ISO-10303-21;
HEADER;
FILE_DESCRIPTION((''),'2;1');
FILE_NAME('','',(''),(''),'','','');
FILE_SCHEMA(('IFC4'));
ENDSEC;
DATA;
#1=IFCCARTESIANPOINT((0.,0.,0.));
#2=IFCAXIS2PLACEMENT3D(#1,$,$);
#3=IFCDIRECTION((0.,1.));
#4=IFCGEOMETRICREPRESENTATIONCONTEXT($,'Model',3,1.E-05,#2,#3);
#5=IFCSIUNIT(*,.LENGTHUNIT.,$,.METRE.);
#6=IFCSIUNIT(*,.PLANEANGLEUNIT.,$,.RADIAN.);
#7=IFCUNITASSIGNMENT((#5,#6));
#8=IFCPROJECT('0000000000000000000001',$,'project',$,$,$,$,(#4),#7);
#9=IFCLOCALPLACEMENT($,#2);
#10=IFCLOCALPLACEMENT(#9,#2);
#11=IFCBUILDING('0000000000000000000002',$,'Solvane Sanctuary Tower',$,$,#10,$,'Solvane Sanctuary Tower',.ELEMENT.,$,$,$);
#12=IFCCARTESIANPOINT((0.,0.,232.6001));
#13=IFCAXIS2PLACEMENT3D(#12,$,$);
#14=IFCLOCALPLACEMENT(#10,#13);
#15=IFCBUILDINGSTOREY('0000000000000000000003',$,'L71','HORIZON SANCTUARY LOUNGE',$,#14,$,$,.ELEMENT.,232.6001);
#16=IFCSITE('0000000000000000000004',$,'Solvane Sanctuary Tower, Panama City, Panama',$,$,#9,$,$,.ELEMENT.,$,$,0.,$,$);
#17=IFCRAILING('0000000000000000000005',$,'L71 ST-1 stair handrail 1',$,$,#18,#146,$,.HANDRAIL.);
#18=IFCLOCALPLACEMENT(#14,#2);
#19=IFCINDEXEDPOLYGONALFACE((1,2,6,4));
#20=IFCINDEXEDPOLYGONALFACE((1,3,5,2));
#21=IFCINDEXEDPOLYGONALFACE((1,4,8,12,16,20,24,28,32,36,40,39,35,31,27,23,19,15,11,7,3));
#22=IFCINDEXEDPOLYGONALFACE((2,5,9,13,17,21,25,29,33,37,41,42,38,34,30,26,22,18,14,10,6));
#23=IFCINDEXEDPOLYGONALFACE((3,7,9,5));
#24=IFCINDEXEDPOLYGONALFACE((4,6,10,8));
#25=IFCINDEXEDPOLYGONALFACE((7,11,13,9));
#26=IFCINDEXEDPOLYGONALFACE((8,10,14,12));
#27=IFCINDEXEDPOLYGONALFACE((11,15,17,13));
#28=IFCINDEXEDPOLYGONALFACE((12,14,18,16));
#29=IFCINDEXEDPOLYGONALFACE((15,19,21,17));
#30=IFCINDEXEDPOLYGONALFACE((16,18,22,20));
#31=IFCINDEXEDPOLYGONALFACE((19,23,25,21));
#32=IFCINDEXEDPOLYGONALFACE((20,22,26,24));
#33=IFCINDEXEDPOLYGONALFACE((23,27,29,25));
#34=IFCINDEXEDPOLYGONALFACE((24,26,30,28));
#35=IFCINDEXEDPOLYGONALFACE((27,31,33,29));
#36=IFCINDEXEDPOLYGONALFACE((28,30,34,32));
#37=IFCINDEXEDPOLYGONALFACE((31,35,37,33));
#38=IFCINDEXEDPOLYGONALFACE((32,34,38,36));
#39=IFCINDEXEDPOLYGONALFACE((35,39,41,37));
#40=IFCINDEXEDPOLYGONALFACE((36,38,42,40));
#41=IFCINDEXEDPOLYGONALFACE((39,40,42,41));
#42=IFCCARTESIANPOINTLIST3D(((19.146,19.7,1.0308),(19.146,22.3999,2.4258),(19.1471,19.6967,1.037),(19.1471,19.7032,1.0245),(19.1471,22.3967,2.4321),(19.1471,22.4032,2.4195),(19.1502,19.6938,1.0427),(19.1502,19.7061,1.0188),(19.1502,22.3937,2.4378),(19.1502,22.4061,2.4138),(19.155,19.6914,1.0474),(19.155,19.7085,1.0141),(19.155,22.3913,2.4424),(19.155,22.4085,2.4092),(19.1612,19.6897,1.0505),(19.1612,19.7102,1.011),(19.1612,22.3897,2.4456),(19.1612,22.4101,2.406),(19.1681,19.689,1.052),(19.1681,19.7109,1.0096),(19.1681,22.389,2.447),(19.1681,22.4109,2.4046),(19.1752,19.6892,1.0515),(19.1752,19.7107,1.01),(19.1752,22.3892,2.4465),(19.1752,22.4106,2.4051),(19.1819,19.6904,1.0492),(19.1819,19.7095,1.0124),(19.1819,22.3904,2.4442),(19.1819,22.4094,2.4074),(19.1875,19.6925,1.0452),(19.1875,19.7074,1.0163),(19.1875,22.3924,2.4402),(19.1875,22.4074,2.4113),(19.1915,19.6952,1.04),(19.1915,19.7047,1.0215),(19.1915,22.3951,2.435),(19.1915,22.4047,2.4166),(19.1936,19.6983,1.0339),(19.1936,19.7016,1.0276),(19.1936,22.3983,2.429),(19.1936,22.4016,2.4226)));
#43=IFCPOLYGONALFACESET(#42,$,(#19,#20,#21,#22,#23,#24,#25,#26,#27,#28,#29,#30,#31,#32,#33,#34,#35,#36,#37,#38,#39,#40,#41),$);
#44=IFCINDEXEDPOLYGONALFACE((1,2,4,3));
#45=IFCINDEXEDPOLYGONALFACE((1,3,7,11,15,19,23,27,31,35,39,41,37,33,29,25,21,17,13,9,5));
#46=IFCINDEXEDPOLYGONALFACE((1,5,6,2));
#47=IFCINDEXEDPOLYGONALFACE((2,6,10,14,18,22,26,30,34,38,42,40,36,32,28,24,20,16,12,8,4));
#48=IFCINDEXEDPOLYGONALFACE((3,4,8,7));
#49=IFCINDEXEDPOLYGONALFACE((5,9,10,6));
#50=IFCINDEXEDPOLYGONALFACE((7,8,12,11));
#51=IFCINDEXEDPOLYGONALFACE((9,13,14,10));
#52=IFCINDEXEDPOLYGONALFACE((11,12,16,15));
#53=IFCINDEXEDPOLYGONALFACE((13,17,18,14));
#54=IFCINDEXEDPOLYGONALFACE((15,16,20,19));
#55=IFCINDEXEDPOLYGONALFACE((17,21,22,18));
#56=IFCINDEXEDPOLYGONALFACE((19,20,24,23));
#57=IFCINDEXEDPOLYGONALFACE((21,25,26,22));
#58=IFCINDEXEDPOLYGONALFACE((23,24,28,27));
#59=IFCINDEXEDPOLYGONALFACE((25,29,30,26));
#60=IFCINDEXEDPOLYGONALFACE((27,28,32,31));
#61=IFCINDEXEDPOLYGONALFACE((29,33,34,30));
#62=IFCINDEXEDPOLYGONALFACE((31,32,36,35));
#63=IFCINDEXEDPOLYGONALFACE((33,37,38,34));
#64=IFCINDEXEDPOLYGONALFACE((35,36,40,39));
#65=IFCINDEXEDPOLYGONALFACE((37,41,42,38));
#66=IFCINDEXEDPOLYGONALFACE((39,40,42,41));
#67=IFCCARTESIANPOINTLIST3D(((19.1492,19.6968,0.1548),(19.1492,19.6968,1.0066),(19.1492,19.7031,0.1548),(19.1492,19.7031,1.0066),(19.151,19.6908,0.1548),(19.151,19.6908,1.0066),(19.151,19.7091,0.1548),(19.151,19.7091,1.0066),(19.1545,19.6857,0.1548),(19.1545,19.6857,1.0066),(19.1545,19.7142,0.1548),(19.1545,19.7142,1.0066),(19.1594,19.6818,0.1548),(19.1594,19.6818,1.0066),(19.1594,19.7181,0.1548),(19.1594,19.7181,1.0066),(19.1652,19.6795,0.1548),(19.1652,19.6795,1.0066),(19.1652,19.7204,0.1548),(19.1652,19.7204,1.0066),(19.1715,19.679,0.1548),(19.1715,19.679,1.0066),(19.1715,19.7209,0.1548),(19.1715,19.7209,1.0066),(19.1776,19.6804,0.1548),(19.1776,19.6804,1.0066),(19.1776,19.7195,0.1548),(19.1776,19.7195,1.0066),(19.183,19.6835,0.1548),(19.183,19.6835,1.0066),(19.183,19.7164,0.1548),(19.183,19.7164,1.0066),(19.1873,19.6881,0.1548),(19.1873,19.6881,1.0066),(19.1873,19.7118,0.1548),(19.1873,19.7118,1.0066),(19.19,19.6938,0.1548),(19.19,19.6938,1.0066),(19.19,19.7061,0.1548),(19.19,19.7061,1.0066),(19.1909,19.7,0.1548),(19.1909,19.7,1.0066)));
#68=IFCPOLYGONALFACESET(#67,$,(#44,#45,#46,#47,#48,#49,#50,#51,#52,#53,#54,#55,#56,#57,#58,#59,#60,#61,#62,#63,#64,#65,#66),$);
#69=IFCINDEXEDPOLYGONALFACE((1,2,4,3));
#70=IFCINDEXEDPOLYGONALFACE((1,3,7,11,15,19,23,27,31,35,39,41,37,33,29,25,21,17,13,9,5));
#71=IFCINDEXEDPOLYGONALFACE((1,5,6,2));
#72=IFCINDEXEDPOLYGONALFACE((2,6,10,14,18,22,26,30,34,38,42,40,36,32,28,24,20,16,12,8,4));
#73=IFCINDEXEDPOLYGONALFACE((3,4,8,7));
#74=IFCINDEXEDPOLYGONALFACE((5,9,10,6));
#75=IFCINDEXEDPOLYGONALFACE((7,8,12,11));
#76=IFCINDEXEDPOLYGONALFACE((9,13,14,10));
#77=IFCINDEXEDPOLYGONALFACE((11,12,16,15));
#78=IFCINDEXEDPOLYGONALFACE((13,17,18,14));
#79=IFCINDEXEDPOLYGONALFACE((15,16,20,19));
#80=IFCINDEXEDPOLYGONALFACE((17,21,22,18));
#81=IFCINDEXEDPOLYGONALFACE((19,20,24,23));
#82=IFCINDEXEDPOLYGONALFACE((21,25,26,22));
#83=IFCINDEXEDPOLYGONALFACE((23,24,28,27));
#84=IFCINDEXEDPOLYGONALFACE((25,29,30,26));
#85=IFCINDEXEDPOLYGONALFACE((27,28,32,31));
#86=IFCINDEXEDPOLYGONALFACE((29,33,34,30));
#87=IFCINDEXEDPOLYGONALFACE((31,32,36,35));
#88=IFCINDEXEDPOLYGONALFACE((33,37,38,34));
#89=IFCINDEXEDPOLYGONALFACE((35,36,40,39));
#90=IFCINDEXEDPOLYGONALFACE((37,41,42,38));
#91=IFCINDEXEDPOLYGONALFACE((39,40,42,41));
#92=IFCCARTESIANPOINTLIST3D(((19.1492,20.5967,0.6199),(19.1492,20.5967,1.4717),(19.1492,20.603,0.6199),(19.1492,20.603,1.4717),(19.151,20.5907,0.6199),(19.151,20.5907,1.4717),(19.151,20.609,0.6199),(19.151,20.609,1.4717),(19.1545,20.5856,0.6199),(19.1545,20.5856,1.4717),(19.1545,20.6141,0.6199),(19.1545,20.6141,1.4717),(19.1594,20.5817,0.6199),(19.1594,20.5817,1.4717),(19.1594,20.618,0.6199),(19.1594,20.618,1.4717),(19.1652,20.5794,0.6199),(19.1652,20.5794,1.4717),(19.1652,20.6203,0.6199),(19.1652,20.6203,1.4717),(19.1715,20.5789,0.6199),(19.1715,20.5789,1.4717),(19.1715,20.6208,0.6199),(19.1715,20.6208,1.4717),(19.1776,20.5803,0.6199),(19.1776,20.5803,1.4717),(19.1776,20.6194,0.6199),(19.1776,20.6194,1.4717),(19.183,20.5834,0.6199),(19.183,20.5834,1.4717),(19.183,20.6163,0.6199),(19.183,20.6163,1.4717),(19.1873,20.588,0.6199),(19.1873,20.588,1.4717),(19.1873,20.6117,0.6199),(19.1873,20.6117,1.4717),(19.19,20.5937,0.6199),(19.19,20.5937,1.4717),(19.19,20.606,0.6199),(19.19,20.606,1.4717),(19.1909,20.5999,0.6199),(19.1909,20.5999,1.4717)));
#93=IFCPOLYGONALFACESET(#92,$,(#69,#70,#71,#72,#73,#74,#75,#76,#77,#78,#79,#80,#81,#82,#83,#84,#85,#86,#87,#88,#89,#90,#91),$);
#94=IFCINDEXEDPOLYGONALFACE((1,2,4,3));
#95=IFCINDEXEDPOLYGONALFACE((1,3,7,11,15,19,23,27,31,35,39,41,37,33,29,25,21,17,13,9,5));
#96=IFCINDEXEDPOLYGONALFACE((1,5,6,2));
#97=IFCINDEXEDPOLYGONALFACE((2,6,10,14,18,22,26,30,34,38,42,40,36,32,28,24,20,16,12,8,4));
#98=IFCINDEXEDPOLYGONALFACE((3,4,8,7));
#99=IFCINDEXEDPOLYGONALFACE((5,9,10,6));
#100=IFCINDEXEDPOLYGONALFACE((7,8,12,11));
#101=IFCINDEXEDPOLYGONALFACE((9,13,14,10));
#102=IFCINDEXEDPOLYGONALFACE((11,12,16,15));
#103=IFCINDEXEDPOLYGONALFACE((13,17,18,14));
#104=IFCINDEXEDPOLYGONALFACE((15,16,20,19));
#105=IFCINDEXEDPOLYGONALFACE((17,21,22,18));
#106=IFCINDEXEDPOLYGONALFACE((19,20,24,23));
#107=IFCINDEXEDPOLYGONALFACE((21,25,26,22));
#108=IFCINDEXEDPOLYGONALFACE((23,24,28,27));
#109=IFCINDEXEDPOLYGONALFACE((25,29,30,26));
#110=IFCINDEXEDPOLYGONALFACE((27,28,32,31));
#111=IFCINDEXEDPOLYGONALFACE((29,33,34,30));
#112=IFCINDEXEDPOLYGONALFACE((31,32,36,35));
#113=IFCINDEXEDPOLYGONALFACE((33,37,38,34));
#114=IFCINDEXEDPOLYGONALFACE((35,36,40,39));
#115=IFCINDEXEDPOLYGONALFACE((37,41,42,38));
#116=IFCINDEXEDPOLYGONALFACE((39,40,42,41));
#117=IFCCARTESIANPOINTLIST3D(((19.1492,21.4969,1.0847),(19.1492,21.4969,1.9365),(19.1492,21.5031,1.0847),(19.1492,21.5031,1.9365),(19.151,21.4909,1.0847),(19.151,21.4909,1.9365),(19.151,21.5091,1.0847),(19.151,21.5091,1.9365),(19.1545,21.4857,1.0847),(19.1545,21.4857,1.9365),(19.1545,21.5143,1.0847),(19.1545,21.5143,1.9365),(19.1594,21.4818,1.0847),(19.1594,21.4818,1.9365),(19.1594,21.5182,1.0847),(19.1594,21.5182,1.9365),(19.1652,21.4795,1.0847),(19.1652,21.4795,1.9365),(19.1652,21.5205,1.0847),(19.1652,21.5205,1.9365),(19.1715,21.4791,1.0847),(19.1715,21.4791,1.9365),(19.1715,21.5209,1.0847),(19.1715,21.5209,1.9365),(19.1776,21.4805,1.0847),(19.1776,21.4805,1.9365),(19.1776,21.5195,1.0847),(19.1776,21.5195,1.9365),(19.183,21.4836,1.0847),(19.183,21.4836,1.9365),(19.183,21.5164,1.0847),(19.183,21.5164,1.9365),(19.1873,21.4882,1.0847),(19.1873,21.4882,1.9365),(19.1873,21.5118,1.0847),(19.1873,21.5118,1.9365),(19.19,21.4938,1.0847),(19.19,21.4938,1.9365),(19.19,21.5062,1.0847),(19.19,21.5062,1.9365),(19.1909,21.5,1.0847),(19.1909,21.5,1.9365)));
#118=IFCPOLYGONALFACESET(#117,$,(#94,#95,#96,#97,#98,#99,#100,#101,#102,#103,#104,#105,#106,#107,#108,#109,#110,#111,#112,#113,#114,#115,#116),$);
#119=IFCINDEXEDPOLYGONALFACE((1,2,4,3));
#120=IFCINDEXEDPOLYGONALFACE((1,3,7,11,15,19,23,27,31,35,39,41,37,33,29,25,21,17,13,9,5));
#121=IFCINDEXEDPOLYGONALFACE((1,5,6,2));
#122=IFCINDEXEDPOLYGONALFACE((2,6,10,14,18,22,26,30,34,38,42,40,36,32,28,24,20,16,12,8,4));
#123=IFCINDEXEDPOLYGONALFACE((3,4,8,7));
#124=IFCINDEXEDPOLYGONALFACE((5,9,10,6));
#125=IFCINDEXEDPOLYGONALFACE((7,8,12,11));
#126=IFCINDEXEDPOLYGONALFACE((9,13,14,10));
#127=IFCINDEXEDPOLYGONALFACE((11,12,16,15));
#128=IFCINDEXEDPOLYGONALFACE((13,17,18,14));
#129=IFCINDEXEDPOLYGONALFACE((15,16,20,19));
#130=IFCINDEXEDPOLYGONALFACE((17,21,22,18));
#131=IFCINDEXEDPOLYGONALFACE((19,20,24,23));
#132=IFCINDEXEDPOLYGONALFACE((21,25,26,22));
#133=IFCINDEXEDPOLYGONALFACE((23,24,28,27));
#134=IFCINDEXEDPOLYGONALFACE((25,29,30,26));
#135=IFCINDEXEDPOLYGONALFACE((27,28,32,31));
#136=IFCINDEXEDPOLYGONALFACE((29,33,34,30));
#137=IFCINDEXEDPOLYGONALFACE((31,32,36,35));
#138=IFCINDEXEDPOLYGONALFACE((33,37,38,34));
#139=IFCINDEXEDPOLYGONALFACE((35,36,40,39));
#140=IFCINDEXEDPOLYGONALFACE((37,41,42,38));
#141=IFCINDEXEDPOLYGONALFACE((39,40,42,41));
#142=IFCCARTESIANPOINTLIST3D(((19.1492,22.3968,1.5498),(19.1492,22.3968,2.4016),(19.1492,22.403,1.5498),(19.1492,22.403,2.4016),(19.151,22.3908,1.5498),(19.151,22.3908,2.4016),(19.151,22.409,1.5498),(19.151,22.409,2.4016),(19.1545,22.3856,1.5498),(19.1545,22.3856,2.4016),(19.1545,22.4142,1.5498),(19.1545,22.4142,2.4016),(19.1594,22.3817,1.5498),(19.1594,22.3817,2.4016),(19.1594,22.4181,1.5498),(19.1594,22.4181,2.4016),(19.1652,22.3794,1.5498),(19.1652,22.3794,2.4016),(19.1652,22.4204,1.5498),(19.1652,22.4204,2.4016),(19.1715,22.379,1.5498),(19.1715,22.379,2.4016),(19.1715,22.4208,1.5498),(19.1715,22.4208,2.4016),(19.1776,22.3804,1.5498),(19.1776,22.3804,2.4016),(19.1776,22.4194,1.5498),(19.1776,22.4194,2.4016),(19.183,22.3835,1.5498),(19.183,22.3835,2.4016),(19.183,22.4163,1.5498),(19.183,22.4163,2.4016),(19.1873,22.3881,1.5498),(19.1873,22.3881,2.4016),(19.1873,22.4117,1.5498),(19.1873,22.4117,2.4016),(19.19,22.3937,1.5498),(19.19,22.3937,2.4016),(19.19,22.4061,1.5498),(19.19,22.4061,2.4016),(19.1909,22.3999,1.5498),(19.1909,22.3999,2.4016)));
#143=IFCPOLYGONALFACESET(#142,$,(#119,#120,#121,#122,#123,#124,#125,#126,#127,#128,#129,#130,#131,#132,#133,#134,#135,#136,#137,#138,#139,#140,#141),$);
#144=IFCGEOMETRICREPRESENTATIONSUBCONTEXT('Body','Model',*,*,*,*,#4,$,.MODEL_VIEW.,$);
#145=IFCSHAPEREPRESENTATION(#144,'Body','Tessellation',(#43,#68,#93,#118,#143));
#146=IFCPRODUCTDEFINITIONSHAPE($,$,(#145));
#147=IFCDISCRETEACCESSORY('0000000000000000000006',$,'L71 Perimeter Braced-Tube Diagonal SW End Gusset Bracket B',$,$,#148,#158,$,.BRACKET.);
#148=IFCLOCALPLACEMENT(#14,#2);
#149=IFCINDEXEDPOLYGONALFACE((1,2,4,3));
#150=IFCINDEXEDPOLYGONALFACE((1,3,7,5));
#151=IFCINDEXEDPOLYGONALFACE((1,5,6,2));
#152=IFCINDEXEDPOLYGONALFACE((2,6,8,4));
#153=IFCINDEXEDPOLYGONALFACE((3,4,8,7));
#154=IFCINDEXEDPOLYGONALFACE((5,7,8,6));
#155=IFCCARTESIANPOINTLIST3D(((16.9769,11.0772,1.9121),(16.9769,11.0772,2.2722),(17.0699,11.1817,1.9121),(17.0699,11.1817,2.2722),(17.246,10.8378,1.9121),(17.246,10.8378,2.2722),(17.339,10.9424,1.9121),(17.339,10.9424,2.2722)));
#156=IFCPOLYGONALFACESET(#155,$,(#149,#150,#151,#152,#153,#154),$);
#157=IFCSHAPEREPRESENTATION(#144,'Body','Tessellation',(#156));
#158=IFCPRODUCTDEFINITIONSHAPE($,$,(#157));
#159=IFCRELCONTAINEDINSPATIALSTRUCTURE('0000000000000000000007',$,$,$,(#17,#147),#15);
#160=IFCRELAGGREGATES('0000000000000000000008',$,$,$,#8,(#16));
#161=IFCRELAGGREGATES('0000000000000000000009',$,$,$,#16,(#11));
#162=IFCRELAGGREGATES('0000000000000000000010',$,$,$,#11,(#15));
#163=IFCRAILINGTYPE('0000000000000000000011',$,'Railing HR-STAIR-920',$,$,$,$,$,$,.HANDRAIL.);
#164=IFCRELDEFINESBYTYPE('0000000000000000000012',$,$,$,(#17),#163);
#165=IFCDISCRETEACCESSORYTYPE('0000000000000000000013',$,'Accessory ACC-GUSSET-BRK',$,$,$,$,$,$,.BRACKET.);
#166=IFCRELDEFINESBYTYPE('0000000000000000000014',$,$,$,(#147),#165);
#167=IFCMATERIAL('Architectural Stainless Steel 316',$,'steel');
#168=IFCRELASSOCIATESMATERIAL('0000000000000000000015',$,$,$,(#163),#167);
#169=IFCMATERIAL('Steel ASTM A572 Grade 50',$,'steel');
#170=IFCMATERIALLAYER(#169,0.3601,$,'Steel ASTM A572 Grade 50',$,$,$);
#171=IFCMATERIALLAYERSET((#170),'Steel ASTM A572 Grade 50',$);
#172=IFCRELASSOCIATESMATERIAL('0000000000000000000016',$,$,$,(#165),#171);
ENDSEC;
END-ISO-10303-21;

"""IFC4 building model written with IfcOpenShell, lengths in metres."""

from ifc_helpers import new_model, si_unit, direction, frame, origin, origin_2d, place, context, subcontext, project, spatial, rectangle, circle, extrude, material, layer, layer_set, type_object, element, save


model = new_model("IFC4")

# Units and contexts
model_context = context("Model", 3, precision=1e-05, world=origin(), true_north=direction((0.0, 1.0)))
body_context = subcontext(model_context, "Body", "Model", "MODEL_VIEW")
ifc_project = project(units=[si_unit("LENGTHUNIT", "METRE"), si_unit("PLANEANGLEUNIT", "RADIAN")], contexts=[model_context])

# Site, building, storey
site_placement = place(None, origin())
site = spatial("IfcSite", under=ifc_project, at=site_placement, Name="Solvane Sanctuary Tower, Panama City, Panama", CompositionType="ELEMENT", RefElevation=0.0)
building_placement = place(site_placement, origin())
building = spatial("IfcBuilding", under=site, at=building_placement, Name="Solvane Sanctuary Tower", LongName="Solvane Sanctuary Tower", CompositionType="ELEMENT")
storey_placement = place(building_placement, frame((0.0, 0.0, 232.6001)))
storey = spatial("IfcBuildingStorey", under=building, at=storey_placement, Name="L71", Description="HORIZON SANCTUARY LOUNGE", CompositionType="ELEMENT", Elevation=232.6001)

# Shared definitions
ifc_material_1 = material(Name="Architectural Stainless Steel 316", Category="steel")

# Railing
railing_type_1 = type_object("IfcRailingType", Name="Railing HR-STAIR-920", PredefinedType="HANDRAIL", material=ifc_material_1)
railing_1_placement = place(storey_placement, frame((19.1699, 19.7, 0.1548)))
element("IfcRailing", 1, at=railing_1_placement, inside=storey, type_object=railing_type_1, Name="L71 ST-1 stair handrail 1", PredefinedType="HANDRAIL", context=body_context, shape_type="SweptSolid", body=[
    extrude(circle(Radius=0.0239, at=origin_2d()), frame((0.0, 0.0, 0.876), z_axis=(0.0, 0.88842, 0.459032), x_axis=(-1.0, 0.0, 0.0)), (0.0, 0.0, 1.0), 3.0391),
    extrude(circle(Radius=0.021, at=origin_2d()), origin(), (0.0, 0.0, 1.0), 0.8518),
    extrude(circle(Radius=0.021, at=origin_2d()), frame((0.0, 0.8999, 0.4651)), (0.0, 0.0, 1.0), 0.8518),
    extrude(circle(Radius=0.021, at=origin_2d()), frame((0.0, 1.8, 0.9299)), (0.0, 0.0, 1.0), 0.8518),
    extrude(circle(Radius=0.021, at=origin_2d()), frame((0.0, 2.7, 1.395)), (0.0, 0.0, 1.0), 0.8518),
])

# Discrete accessory
ifc_material_2 = material(Name="Steel ASTM A572 Grade 50", Category="steel")
ifc_layer_1 = layer(ifc_material_2, 0.3601, Name="Steel ASTM A572 Grade 50")
ifc_layer_set_1 = layer_set([ifc_layer_1], Name="Steel ASTM A572 Grade 50")
discrete_accessory_type = type_object("IfcDiscreteAccessoryType", Name="Accessory ACC-GUSSET-BRK", PredefinedType="BRACKET", material=ifc_layer_set_1)
discrete_accessory_placement = place(storey_placement, frame((17.158, 11.0098, 1.9121), z_axis=(0.0, 0.0, 1.0), x_axis=(-0.747218, 0.664579, 0.0)))
element("IfcDiscreteAccessory", 2, at=discrete_accessory_placement, inside=storey, type_object=discrete_accessory_type, Name="L71 Perimeter Braced-Tube Diagonal SW End Gusset Bracket B", PredefinedType="BRACKET", context=body_context, shape_type="SweptSolid", body=[
    extrude(rectangle(XDim=0.3601, YDim=0.1399, at=origin_2d()), origin(), (0.0, 0.0, 1.0), 0.3601),
])

save(model, "model.ifc")
